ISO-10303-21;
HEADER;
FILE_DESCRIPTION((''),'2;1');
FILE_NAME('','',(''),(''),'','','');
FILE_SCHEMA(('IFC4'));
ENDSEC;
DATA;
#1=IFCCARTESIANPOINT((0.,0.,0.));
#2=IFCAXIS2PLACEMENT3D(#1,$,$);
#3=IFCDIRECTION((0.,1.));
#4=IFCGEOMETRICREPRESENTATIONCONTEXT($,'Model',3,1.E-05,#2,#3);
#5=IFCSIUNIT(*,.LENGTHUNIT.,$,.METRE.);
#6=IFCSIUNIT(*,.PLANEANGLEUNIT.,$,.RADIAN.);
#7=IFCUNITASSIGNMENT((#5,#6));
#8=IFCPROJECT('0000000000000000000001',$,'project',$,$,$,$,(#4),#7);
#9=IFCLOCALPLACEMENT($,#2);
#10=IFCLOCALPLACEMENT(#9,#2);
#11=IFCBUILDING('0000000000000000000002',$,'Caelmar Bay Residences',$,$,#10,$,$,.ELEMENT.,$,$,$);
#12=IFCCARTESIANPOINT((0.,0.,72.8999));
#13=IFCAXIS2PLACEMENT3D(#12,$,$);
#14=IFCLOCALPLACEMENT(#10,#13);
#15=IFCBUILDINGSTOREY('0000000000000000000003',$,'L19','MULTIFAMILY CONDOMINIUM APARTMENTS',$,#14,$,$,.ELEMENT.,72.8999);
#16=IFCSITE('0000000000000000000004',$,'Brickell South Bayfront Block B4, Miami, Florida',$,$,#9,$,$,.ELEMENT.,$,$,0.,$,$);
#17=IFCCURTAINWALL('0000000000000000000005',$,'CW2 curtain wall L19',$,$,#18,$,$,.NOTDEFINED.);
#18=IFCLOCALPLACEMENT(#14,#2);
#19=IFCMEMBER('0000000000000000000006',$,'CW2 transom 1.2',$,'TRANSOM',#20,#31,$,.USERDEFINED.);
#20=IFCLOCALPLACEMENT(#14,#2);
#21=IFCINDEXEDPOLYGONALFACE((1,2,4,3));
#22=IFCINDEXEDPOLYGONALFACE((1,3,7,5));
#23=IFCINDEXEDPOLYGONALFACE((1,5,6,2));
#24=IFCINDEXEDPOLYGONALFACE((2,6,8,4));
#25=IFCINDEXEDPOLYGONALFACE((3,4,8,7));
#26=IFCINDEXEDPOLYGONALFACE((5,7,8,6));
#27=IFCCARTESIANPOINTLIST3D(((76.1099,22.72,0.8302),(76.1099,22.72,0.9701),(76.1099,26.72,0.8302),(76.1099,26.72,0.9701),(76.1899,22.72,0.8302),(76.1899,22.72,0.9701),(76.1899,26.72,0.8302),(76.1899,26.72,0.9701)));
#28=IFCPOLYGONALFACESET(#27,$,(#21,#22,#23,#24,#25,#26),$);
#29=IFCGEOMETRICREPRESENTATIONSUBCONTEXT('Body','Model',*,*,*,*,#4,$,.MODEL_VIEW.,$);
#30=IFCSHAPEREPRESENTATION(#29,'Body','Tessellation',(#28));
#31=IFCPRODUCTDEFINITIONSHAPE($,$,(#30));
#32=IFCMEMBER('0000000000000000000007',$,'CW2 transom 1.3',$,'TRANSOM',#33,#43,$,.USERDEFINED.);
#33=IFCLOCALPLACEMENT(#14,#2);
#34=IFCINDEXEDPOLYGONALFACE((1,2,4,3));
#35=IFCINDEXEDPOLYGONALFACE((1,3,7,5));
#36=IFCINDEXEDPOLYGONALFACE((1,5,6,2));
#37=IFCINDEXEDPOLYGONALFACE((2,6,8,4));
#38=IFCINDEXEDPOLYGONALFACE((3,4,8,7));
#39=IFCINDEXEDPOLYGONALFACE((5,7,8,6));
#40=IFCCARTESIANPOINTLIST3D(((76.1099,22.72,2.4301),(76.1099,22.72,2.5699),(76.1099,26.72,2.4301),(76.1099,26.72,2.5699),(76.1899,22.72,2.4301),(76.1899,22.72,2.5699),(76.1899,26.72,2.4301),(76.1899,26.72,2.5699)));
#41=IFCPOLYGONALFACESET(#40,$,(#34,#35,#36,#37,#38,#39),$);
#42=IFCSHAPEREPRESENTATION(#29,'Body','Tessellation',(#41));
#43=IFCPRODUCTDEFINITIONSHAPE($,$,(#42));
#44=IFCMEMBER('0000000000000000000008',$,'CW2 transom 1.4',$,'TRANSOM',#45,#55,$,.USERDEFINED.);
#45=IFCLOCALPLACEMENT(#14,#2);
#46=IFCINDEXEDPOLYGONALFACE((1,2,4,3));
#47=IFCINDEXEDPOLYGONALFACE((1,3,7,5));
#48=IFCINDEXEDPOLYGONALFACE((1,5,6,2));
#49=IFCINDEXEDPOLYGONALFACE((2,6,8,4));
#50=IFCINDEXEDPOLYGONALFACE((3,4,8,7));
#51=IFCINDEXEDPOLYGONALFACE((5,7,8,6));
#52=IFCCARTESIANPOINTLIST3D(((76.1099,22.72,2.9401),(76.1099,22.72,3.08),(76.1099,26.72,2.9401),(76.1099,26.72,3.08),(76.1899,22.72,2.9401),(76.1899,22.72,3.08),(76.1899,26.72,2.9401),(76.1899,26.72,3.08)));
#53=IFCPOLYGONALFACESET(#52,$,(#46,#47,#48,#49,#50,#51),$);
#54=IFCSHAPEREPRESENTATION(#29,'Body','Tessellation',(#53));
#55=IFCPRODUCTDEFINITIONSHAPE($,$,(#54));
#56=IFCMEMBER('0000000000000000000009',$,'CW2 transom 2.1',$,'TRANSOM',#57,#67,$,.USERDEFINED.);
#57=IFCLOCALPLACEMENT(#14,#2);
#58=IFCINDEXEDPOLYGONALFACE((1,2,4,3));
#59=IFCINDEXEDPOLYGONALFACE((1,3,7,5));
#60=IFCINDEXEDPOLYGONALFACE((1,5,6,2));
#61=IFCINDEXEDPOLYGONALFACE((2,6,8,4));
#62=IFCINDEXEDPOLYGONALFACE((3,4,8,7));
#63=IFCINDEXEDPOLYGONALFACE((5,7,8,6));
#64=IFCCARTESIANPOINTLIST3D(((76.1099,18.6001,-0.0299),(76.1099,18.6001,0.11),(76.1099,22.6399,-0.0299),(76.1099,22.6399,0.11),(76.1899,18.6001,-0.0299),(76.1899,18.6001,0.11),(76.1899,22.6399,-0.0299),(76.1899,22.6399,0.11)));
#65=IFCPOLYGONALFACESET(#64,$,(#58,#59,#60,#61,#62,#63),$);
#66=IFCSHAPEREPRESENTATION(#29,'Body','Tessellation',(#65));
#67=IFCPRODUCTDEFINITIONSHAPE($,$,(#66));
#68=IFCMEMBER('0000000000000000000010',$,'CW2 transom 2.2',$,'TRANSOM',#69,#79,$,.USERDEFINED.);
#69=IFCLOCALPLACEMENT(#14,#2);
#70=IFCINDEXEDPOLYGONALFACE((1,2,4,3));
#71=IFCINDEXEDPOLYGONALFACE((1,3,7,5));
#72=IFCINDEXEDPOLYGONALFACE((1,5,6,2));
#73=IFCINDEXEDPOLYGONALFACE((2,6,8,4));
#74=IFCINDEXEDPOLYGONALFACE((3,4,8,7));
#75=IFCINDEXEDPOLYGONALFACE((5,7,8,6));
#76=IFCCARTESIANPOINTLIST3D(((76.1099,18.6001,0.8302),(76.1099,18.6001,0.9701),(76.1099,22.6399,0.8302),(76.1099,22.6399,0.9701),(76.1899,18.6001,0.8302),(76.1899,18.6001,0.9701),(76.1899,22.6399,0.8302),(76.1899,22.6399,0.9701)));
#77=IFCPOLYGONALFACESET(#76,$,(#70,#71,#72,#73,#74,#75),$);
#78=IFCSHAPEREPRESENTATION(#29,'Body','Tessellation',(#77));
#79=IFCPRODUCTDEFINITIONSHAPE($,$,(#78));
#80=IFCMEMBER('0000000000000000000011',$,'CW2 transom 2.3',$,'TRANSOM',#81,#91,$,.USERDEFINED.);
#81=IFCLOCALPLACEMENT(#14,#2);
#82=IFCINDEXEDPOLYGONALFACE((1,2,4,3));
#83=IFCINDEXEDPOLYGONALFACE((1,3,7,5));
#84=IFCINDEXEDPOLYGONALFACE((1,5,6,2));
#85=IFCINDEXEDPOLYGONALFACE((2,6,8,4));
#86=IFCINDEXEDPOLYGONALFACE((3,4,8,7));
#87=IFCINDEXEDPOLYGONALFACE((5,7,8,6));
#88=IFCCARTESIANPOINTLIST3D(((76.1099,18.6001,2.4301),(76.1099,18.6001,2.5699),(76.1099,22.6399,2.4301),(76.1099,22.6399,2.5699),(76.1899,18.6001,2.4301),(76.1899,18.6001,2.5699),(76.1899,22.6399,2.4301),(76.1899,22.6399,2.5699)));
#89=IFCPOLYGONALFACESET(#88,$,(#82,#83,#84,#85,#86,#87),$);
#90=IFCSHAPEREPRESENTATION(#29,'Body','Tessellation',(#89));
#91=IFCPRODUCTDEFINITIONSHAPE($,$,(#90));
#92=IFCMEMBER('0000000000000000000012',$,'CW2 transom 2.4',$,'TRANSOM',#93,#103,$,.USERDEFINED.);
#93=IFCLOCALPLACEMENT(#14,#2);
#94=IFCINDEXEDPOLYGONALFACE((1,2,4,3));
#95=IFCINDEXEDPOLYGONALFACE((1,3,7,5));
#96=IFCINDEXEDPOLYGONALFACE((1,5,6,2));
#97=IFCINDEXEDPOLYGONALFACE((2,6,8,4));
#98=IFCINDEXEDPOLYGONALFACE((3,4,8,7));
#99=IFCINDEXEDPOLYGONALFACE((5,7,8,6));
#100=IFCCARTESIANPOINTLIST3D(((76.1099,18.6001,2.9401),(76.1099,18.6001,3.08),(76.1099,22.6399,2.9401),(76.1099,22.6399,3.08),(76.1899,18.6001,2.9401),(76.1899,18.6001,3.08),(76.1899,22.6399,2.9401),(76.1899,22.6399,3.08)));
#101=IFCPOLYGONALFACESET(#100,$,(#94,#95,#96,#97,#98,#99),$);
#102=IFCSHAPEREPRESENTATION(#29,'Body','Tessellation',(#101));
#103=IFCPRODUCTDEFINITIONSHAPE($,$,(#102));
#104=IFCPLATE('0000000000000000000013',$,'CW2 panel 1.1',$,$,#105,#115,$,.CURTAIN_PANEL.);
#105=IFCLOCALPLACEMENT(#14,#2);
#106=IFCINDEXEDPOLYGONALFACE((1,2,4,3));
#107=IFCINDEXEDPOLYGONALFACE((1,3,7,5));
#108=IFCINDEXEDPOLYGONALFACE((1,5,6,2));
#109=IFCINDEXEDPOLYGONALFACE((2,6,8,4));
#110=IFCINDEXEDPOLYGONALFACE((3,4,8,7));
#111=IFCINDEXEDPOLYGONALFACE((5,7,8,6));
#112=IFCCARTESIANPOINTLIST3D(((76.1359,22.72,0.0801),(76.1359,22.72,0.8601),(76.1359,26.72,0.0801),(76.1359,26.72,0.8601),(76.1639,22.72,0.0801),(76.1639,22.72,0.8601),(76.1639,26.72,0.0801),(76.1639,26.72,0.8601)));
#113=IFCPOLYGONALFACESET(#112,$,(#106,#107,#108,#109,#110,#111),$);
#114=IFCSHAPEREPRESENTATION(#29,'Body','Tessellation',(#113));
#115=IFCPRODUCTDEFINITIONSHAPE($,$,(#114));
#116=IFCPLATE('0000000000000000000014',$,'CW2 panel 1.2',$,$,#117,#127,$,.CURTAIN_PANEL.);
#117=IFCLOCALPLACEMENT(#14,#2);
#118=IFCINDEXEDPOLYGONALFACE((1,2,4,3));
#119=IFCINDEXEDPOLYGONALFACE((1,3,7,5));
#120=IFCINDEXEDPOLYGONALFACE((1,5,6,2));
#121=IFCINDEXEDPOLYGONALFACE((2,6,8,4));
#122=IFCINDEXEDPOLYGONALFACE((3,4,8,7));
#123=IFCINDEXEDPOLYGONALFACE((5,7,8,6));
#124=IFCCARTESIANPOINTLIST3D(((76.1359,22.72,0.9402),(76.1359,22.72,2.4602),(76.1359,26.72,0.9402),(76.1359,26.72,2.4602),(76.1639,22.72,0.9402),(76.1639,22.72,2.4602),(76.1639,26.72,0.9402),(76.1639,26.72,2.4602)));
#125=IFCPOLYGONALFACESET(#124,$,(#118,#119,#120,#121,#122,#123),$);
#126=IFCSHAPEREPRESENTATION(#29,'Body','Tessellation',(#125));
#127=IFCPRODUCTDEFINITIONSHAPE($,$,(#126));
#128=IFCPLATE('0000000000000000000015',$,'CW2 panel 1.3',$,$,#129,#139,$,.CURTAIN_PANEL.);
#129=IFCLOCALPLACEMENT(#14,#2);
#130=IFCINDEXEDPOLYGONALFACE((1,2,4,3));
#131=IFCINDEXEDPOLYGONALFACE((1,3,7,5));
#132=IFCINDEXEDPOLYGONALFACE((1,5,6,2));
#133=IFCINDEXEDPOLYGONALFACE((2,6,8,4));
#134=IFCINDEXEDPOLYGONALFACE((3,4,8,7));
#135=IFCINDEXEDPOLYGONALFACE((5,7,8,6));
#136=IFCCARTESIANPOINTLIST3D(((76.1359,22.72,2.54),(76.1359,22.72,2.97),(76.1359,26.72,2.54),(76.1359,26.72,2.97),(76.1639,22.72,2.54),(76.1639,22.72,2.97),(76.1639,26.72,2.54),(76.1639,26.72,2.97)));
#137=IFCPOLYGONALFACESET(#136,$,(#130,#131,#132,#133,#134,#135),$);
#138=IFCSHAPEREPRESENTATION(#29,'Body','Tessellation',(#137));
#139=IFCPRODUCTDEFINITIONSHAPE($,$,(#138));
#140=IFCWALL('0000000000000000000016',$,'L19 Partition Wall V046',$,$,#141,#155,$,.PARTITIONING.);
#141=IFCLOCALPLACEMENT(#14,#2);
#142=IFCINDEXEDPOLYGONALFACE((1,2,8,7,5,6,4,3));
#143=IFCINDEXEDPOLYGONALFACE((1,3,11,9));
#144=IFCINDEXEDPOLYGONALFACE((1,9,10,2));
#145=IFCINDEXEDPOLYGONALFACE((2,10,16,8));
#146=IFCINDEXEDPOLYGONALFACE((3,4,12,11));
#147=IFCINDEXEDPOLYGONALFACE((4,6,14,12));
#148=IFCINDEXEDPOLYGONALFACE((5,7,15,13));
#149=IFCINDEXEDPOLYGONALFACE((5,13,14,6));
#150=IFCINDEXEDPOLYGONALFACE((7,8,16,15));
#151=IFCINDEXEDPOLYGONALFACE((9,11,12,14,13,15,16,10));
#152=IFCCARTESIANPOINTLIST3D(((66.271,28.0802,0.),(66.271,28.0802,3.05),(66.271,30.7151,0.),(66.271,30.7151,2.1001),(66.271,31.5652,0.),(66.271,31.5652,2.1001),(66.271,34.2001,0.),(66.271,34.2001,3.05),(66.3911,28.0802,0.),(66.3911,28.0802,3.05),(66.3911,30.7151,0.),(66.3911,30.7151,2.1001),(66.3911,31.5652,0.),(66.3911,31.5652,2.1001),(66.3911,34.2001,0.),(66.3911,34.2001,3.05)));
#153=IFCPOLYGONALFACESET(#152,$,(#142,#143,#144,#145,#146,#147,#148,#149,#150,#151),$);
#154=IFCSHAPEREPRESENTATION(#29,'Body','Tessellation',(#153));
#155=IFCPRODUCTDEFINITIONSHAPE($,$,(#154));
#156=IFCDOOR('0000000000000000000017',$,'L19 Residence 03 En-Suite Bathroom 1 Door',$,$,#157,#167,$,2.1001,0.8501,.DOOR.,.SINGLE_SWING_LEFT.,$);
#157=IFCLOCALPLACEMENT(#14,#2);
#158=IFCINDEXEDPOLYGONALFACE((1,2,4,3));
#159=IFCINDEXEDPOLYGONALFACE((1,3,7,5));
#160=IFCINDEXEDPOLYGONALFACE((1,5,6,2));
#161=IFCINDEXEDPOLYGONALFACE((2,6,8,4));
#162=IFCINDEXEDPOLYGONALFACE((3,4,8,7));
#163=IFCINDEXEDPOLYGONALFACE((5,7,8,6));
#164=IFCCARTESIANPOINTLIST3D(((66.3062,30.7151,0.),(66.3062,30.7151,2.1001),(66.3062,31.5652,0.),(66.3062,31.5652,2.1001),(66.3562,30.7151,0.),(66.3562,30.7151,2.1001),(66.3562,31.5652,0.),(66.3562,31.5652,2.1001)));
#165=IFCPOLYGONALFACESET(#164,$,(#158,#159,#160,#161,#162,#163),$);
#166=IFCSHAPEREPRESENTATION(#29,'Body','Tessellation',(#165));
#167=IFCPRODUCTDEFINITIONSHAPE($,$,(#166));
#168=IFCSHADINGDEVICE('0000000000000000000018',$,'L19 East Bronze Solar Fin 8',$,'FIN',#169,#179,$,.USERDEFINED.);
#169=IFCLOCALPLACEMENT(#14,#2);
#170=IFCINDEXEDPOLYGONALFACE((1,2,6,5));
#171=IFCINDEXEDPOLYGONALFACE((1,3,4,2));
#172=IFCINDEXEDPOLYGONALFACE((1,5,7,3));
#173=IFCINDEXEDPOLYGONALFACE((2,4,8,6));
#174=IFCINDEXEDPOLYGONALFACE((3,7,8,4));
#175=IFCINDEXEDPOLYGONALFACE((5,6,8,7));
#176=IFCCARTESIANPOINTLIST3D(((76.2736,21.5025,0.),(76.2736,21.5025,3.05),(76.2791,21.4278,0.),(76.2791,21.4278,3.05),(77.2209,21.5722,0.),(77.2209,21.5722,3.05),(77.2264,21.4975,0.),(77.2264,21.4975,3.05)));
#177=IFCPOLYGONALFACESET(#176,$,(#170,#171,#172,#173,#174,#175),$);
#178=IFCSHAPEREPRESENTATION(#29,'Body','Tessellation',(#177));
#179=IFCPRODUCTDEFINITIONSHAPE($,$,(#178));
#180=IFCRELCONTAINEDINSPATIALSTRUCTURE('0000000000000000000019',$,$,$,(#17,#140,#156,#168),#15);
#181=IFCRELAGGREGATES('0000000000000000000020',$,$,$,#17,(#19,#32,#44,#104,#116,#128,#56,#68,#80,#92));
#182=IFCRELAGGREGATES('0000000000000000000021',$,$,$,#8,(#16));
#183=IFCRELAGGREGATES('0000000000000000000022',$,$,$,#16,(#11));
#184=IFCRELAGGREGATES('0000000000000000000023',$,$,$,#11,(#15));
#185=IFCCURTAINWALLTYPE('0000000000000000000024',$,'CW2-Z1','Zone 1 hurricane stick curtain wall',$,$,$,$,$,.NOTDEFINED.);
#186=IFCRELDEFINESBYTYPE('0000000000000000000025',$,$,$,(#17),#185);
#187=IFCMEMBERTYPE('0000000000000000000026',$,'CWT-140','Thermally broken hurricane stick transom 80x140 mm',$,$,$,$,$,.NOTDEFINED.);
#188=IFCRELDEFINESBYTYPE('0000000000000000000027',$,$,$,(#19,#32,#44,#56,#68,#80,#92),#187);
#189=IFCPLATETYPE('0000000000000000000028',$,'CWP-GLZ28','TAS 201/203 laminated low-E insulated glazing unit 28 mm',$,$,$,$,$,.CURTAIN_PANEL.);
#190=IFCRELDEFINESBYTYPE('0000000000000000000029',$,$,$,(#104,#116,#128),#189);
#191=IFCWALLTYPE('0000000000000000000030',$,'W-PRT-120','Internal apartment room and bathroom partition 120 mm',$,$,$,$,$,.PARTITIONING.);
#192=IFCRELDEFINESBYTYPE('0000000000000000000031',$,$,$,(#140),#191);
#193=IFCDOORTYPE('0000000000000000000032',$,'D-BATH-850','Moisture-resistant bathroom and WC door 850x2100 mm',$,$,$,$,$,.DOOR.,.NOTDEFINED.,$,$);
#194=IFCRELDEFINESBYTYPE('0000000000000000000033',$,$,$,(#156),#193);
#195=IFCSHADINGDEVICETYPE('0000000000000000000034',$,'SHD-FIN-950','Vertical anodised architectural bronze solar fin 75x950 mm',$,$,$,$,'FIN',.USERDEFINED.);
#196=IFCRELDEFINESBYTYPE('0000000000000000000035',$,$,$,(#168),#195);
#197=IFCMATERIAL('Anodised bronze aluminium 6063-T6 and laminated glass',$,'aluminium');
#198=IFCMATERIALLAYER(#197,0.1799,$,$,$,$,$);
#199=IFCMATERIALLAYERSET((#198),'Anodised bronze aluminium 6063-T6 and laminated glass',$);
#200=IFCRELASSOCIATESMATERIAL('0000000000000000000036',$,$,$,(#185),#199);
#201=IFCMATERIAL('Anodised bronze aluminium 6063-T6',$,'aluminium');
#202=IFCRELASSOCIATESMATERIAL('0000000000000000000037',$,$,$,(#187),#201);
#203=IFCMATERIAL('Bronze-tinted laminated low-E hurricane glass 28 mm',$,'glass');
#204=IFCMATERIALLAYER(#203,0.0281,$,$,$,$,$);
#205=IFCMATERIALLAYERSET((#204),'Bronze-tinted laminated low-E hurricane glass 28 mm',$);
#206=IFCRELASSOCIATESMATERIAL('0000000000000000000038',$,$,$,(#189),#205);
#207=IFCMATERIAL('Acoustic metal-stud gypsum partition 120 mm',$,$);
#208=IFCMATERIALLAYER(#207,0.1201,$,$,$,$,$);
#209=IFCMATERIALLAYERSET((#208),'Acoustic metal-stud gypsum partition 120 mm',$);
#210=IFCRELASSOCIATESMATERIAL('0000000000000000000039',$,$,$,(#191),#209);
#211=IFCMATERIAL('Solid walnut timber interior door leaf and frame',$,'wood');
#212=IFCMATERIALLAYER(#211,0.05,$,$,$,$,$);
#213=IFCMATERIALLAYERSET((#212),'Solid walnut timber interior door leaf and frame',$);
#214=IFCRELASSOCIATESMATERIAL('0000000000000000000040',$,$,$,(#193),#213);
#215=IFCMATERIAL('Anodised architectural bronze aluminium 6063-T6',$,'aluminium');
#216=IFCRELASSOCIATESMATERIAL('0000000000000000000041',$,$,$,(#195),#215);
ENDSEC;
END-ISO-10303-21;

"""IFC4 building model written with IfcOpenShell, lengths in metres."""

from ifc_helpers import new_model, si_unit, direction, frame, frame_2d, origin, origin_2d, place, context, subcontext, project, spatial, rectangle, extrude, material, layer, layer_set, material_profile, profile_set, type_object, element, fill, aggregate, save


model = new_model("IFC4")

# Units and contexts
model_context = context("Model", 3, precision=1e-05, world=origin(), true_north=direction((0.0, 1.0)))
body_context = subcontext(model_context, "Body", "Model", "MODEL_VIEW")
ifc_project = project(units=[si_unit("LENGTHUNIT", "METRE"), si_unit("PLANEANGLEUNIT", "RADIAN")], contexts=[model_context])

# Site, building, storey
site_placement = place(None, origin())
site = spatial("IfcSite", under=ifc_project, at=site_placement, Name="Brickell South Bayfront Block B4, Miami, Florida", CompositionType="ELEMENT", RefElevation=0.0)
building_placement = place(site_placement, origin())
building = spatial("IfcBuilding", under=site, at=building_placement, Name="Caelmar Bay Residences", CompositionType="ELEMENT")
storey_placement = place(building_placement, frame((0.0, 0.0, 72.8999)))
storey = spatial("IfcBuildingStorey", under=building, at=storey_placement, Name="L19", Description="MULTIFAMILY CONDOMINIUM APARTMENTS", CompositionType="ELEMENT", Elevation=72.8999)

# Curtain wall, members, plates
ifc_material_1 = material(Name="Anodised bronze aluminium 6063-T6 and laminated glass", Category="aluminium")
ifc_layer_1 = layer(ifc_material_1, 0.1799)
ifc_layer_set_1 = layer_set([ifc_layer_1], Name="Anodised bronze aluminium 6063-T6 and laminated glass")
curtain_wall_type = type_object("IfcCurtainWallType", Name="CW2-Z1", Description="Zone 1 hurricane stick curtain wall", PredefinedType="NOTDEFINED", material=ifc_layer_set_1)
curtain_wall_placement = place(storey_placement, origin())
curtain_wall = element("IfcCurtainWall", 1, at=curtain_wall_placement, inside=storey, type_object=curtain_wall_type, Name="CW2 curtain wall L19", PredefinedType="NOTDEFINED")
ifc_material_2 = material(Name="Anodised bronze aluminium 6063-T6", Category="aluminium")
ifc_material_profile_1 = material_profile(ifc_material_2, rectangle(XDim=0.0801, YDim=0.1399, at=origin_2d()), Name="CWT-80X140")
ifc_profile_set_1 = profile_set([ifc_material_profile_1], Name="Anodised bronze aluminium 6063-T6")
member_type_1 = type_object("IfcMemberType", Name="CWT-140", Description="Thermally broken hurricane stick transom 80x140 mm", PredefinedType="NOTDEFINED", material=ifc_profile_set_1)
member_1_placement = place(storey_placement, frame((76.1499, 26.72, 0.9001), z_axis=(0.0, -1.0, 0.0), x_axis=(1.0, 0.0, 0.0)))
member_1 = element("IfcMember", 2, at=member_1_placement, type_object=member_type_1, Name="CW2 transom 1.2", ObjectType="TRANSOM", PredefinedType="USERDEFINED", context=body_context, shape_type="SweptSolid", body=[
    extrude(rectangle(XDim=0.0801, YDim=0.1399, at=origin_2d()), origin(), (0.0, 0.0, 1.0), 4.0),
])
member_2_placement = place(storey_placement, frame((76.1499, 26.72, 2.5), z_axis=(0.0, -1.0, 0.0), x_axis=(1.0, 0.0, 0.0)))
member_2 = element("IfcMember", 3, at=member_2_placement, type_object=member_type_1, Name="CW2 transom 1.3", ObjectType="TRANSOM", PredefinedType="USERDEFINED", context=body_context, shape_type="SweptSolid", body=[
    extrude(rectangle(XDim=0.0801, YDim=0.1399, at=origin_2d()), origin(), (0.0, 0.0, 1.0), 4.0),
])
member_3_placement = place(storey_placement, frame((76.1499, 26.72, 3.01), z_axis=(0.0, -1.0, 0.0), x_axis=(1.0, 0.0, 0.0)))
member_3 = element("IfcMember", 4, at=member_3_placement, type_object=member_type_1, Name="CW2 transom 1.4", ObjectType="TRANSOM", PredefinedType="USERDEFINED", context=body_context, shape_type="SweptSolid", body=[
    extrude(rectangle(XDim=0.0801, YDim=0.1399, at=origin_2d()), origin(), (0.0, 0.0, 1.0), 4.0),
])
member_4_placement = place(storey_placement, frame((76.1499, 22.6399, 0.04), z_axis=(0.0, -1.0, 0.0), x_axis=(1.0, 0.0, 0.0)))
member_4 = element("IfcMember", 5, at=member_4_placement, type_object=member_type_1, Name="CW2 transom 2.1", ObjectType="TRANSOM", PredefinedType="USERDEFINED", context=body_context, shape_type="SweptSolid", body=[
    extrude(rectangle(XDim=0.0801, YDim=0.1399, at=origin_2d()), origin(), (0.0, 0.0, 1.0), 4.0398),
])
member_5_placement = place(storey_placement, frame((76.1499, 22.6399, 0.9001), z_axis=(0.0, -1.0, 0.0), x_axis=(1.0, 0.0, 0.0)))
member_5 = element("IfcMember", 6, at=member_5_placement, type_object=member_type_1, Name="CW2 transom 2.2", ObjectType="TRANSOM", PredefinedType="USERDEFINED", context=body_context, shape_type="SweptSolid", body=[
    extrude(rectangle(XDim=0.0801, YDim=0.1399, at=origin_2d()), origin(), (0.0, 0.0, 1.0), 4.0398),
])
member_6_placement = place(storey_placement, frame((76.1499, 22.6399, 2.5), z_axis=(0.0, -1.0, 0.0), x_axis=(1.0, 0.0, 0.0)))
member_6 = element("IfcMember", 7, at=member_6_placement, type_object=member_type_1, Name="CW2 transom 2.3", ObjectType="TRANSOM", PredefinedType="USERDEFINED", context=body_context, shape_type="SweptSolid", body=[
    extrude(rectangle(XDim=0.0801, YDim=0.1399, at=origin_2d()), origin(), (0.0, 0.0, 1.0), 4.0398),
])
member_7_placement = place(storey_placement, frame((76.1499, 22.6399, 3.01), z_axis=(0.0, -1.0, 0.0), x_axis=(1.0, 0.0, 0.0)))
member_7 = element("IfcMember", 8, at=member_7_placement, type_object=member_type_1, Name="CW2 transom 2.4", ObjectType="TRANSOM", PredefinedType="USERDEFINED", context=body_context, shape_type="SweptSolid", body=[
    extrude(rectangle(XDim=0.0801, YDim=0.1399, at=origin_2d()), origin(), (0.0, 0.0, 1.0), 4.0398),
])
ifc_material_3 = material(Name="Bronze-tinted laminated low-E hurricane glass 28 mm", Category="glass")
ifc_layer_2 = layer(ifc_material_3, 0.0281)
ifc_layer_set_2 = layer_set([ifc_layer_2], Name="Bronze-tinted laminated low-E hurricane glass 28 mm")
plate_type = type_object("IfcPlateType", Name="CWP-GLZ28", Description="TAS 201/203 laminated low-E insulated glazing unit 28 mm", PredefinedType="CURTAIN_PANEL", material=ifc_layer_set_2)
plate_1_placement = place(storey_placement, frame((76.1499, 24.72, 0.0801), z_axis=(0.0, 0.0, 1.0), x_axis=(0.0, -1.0, 0.0)))
plate_1 = element("IfcPlate", 9, at=plate_1_placement, type_object=plate_type, Name="CW2 panel 1.1", PredefinedType="CURTAIN_PANEL", context=body_context, shape_type="SweptSolid", body=[
    extrude(rectangle(XDim=4.0, YDim=0.0281, at=origin_2d()), origin(), (0.0, 0.0, 1.0), 0.78),
])
plate_2_placement = place(storey_placement, frame((76.1499, 24.72, 0.9402), z_axis=(0.0, 0.0, 1.0), x_axis=(0.0, -1.0, 0.0)))
plate_2 = element("IfcPlate", 10, at=plate_2_placement, type_object=plate_type, Name="CW2 panel 1.2", PredefinedType="CURTAIN_PANEL", context=body_context, shape_type="SweptSolid", body=[
    extrude(rectangle(XDim=4.0, YDim=0.0281, at=origin_2d()), origin(), (0.0, 0.0, 1.0), 1.52),
])
plate_3_placement = place(storey_placement, frame((76.1499, 24.72, 2.54), z_axis=(0.0, 0.0, 1.0), x_axis=(0.0, -1.0, 0.0)))
plate_3 = element("IfcPlate", 11, at=plate_3_placement, type_object=plate_type, Name="CW2 panel 1.3", PredefinedType="CURTAIN_PANEL", context=body_context, shape_type="SweptSolid", body=[
    extrude(rectangle(XDim=4.0, YDim=0.0281, at=origin_2d()), origin(), (0.0, 0.0, 1.0), 0.4299),
])
aggregate(curtain_wall, [member_1, member_2, member_3, plate_1, plate_2, plate_3, member_4, member_5, member_6, member_7])

# Wall, opening, door
ifc_material_4 = material(Name="Acoustic metal-stud gypsum partition 120 mm")
ifc_layer_3 = layer(ifc_material_4, 0.1201)
ifc_layer_set_3 = layer_set([ifc_layer_3], Name="Acoustic metal-stud gypsum partition 120 mm")
wall_type = type_object("IfcWallType", Name="W-PRT-120", Description="Internal apartment room and bathroom partition 120 mm", PredefinedType="PARTITIONING", material=ifc_layer_set_3)
wall_placement = place(storey_placement, frame((66.3311, 28.0801, 0.0), z_axis=(0.0, 0.0, 1.0), x_axis=(0.0, 1.0, 0.0)))
wall = element("IfcWall", 12, at=wall_placement, inside=storey, type_object=wall_type, Name="L19 Partition Wall V046", PredefinedType="PARTITIONING", context=body_context, shape_type="SweptSolid", body=[
    extrude(rectangle(XDim=6.1199, YDim=0.1201, at=frame_2d((3.0601, 0.0))), origin(), (0.0, 0.0, 1.0), 3.05),
])
opening_placement = place(wall_placement, frame((2.635, 0.0, 0.0)))
opening = element("IfcOpeningElement", 13, at=opening_placement, cuts=wall, PredefinedType="OPENING", context=body_context, shape_type="SweptSolid", body=[
    extrude(rectangle(XDim=0.8501, YDim=2.1001, at=frame_2d((0.425, 1.05))), frame((0.0, 0.0701, 0.0), z_axis=(0.0, -1.0, 0.0), x_axis=(1.0, 0.0, 0.0)), (0.0, 0.0, 1.0), 0.1401),
])
ifc_material_5 = material(Name="Solid walnut timber interior door leaf and frame", Category="wood")
ifc_layer_4 = layer(ifc_material_5, 0.05)
ifc_layer_set_4 = layer_set([ifc_layer_4], Name="Solid walnut timber interior door leaf and frame")
door_type = type_object("IfcDoorType", Name="D-BATH-850", Description="Moisture-resistant bathroom and WC door 850x2100 mm", OperationType="NOTDEFINED", PredefinedType="DOOR", material=ifc_layer_set_4)
door_placement = place(opening_placement, origin())
door = element("IfcDoor", 14, at=door_placement, inside=storey, type_object=door_type, Name="L19 Residence 03 En-Suite Bathroom 1 Door", OperationType="SINGLE_SWING_LEFT", OverallHeight=2.1001, OverallWidth=0.8501, PredefinedType="DOOR", context=body_context, shape_type="SweptSolid", body=[
    extrude(rectangle(XDim=0.8501, YDim=2.1001, at=frame_2d((0.425, 1.05))), frame((0.0, 0.0249, 0.0), z_axis=(0.0, -1.0, 0.0), x_axis=(1.0, 0.0, 0.0)), (0.0, 0.0, 1.0), 0.05),
])
fill(opening, door)

# Shading device
ifc_material_6 = material(Name="Anodised architectural bronze aluminium 6063-T6", Category="aluminium")
ifc_material_profile_2 = material_profile(ifc_material_6, rectangle(XDim=0.075, YDim=0.95, at=origin_2d()), Name="BRONZE-FIN-75X950")
ifc_profile_set_2 = profile_set([ifc_material_profile_2], Name="Anodised architectural bronze aluminium 6063-T6")
shading_device_type = type_object("IfcShadingDeviceType", Name="SHD-FIN-950", Description="Vertical anodised architectural bronze solar fin 75x950 mm", ElementType="FIN", PredefinedType="USERDEFINED", material=ifc_profile_set_2)
for number, where, z_axis, x_axis, name in (
    (15, (76.75, 21.5, 0.0), (0.0, 0.0, 1.0), (-0.073412, 0.997302, 0.0), "L19 East Bronze Solar Fin 8"),
):
    element("IfcShadingDevice", number, at=place(storey_placement, frame(where, z_axis=z_axis, x_axis=x_axis)), inside=storey, type_object=shading_device_type, Name=name, ObjectType="FIN", PredefinedType="USERDEFINED", context=body_context, shape_type="SweptSolid", body=[
        extrude(rectangle(XDim=0.075, YDim=0.95, at=origin_2d()), origin(), (0.0, 0.0, 1.0), 3.05),
    ])

save(model, "model.ifc")
